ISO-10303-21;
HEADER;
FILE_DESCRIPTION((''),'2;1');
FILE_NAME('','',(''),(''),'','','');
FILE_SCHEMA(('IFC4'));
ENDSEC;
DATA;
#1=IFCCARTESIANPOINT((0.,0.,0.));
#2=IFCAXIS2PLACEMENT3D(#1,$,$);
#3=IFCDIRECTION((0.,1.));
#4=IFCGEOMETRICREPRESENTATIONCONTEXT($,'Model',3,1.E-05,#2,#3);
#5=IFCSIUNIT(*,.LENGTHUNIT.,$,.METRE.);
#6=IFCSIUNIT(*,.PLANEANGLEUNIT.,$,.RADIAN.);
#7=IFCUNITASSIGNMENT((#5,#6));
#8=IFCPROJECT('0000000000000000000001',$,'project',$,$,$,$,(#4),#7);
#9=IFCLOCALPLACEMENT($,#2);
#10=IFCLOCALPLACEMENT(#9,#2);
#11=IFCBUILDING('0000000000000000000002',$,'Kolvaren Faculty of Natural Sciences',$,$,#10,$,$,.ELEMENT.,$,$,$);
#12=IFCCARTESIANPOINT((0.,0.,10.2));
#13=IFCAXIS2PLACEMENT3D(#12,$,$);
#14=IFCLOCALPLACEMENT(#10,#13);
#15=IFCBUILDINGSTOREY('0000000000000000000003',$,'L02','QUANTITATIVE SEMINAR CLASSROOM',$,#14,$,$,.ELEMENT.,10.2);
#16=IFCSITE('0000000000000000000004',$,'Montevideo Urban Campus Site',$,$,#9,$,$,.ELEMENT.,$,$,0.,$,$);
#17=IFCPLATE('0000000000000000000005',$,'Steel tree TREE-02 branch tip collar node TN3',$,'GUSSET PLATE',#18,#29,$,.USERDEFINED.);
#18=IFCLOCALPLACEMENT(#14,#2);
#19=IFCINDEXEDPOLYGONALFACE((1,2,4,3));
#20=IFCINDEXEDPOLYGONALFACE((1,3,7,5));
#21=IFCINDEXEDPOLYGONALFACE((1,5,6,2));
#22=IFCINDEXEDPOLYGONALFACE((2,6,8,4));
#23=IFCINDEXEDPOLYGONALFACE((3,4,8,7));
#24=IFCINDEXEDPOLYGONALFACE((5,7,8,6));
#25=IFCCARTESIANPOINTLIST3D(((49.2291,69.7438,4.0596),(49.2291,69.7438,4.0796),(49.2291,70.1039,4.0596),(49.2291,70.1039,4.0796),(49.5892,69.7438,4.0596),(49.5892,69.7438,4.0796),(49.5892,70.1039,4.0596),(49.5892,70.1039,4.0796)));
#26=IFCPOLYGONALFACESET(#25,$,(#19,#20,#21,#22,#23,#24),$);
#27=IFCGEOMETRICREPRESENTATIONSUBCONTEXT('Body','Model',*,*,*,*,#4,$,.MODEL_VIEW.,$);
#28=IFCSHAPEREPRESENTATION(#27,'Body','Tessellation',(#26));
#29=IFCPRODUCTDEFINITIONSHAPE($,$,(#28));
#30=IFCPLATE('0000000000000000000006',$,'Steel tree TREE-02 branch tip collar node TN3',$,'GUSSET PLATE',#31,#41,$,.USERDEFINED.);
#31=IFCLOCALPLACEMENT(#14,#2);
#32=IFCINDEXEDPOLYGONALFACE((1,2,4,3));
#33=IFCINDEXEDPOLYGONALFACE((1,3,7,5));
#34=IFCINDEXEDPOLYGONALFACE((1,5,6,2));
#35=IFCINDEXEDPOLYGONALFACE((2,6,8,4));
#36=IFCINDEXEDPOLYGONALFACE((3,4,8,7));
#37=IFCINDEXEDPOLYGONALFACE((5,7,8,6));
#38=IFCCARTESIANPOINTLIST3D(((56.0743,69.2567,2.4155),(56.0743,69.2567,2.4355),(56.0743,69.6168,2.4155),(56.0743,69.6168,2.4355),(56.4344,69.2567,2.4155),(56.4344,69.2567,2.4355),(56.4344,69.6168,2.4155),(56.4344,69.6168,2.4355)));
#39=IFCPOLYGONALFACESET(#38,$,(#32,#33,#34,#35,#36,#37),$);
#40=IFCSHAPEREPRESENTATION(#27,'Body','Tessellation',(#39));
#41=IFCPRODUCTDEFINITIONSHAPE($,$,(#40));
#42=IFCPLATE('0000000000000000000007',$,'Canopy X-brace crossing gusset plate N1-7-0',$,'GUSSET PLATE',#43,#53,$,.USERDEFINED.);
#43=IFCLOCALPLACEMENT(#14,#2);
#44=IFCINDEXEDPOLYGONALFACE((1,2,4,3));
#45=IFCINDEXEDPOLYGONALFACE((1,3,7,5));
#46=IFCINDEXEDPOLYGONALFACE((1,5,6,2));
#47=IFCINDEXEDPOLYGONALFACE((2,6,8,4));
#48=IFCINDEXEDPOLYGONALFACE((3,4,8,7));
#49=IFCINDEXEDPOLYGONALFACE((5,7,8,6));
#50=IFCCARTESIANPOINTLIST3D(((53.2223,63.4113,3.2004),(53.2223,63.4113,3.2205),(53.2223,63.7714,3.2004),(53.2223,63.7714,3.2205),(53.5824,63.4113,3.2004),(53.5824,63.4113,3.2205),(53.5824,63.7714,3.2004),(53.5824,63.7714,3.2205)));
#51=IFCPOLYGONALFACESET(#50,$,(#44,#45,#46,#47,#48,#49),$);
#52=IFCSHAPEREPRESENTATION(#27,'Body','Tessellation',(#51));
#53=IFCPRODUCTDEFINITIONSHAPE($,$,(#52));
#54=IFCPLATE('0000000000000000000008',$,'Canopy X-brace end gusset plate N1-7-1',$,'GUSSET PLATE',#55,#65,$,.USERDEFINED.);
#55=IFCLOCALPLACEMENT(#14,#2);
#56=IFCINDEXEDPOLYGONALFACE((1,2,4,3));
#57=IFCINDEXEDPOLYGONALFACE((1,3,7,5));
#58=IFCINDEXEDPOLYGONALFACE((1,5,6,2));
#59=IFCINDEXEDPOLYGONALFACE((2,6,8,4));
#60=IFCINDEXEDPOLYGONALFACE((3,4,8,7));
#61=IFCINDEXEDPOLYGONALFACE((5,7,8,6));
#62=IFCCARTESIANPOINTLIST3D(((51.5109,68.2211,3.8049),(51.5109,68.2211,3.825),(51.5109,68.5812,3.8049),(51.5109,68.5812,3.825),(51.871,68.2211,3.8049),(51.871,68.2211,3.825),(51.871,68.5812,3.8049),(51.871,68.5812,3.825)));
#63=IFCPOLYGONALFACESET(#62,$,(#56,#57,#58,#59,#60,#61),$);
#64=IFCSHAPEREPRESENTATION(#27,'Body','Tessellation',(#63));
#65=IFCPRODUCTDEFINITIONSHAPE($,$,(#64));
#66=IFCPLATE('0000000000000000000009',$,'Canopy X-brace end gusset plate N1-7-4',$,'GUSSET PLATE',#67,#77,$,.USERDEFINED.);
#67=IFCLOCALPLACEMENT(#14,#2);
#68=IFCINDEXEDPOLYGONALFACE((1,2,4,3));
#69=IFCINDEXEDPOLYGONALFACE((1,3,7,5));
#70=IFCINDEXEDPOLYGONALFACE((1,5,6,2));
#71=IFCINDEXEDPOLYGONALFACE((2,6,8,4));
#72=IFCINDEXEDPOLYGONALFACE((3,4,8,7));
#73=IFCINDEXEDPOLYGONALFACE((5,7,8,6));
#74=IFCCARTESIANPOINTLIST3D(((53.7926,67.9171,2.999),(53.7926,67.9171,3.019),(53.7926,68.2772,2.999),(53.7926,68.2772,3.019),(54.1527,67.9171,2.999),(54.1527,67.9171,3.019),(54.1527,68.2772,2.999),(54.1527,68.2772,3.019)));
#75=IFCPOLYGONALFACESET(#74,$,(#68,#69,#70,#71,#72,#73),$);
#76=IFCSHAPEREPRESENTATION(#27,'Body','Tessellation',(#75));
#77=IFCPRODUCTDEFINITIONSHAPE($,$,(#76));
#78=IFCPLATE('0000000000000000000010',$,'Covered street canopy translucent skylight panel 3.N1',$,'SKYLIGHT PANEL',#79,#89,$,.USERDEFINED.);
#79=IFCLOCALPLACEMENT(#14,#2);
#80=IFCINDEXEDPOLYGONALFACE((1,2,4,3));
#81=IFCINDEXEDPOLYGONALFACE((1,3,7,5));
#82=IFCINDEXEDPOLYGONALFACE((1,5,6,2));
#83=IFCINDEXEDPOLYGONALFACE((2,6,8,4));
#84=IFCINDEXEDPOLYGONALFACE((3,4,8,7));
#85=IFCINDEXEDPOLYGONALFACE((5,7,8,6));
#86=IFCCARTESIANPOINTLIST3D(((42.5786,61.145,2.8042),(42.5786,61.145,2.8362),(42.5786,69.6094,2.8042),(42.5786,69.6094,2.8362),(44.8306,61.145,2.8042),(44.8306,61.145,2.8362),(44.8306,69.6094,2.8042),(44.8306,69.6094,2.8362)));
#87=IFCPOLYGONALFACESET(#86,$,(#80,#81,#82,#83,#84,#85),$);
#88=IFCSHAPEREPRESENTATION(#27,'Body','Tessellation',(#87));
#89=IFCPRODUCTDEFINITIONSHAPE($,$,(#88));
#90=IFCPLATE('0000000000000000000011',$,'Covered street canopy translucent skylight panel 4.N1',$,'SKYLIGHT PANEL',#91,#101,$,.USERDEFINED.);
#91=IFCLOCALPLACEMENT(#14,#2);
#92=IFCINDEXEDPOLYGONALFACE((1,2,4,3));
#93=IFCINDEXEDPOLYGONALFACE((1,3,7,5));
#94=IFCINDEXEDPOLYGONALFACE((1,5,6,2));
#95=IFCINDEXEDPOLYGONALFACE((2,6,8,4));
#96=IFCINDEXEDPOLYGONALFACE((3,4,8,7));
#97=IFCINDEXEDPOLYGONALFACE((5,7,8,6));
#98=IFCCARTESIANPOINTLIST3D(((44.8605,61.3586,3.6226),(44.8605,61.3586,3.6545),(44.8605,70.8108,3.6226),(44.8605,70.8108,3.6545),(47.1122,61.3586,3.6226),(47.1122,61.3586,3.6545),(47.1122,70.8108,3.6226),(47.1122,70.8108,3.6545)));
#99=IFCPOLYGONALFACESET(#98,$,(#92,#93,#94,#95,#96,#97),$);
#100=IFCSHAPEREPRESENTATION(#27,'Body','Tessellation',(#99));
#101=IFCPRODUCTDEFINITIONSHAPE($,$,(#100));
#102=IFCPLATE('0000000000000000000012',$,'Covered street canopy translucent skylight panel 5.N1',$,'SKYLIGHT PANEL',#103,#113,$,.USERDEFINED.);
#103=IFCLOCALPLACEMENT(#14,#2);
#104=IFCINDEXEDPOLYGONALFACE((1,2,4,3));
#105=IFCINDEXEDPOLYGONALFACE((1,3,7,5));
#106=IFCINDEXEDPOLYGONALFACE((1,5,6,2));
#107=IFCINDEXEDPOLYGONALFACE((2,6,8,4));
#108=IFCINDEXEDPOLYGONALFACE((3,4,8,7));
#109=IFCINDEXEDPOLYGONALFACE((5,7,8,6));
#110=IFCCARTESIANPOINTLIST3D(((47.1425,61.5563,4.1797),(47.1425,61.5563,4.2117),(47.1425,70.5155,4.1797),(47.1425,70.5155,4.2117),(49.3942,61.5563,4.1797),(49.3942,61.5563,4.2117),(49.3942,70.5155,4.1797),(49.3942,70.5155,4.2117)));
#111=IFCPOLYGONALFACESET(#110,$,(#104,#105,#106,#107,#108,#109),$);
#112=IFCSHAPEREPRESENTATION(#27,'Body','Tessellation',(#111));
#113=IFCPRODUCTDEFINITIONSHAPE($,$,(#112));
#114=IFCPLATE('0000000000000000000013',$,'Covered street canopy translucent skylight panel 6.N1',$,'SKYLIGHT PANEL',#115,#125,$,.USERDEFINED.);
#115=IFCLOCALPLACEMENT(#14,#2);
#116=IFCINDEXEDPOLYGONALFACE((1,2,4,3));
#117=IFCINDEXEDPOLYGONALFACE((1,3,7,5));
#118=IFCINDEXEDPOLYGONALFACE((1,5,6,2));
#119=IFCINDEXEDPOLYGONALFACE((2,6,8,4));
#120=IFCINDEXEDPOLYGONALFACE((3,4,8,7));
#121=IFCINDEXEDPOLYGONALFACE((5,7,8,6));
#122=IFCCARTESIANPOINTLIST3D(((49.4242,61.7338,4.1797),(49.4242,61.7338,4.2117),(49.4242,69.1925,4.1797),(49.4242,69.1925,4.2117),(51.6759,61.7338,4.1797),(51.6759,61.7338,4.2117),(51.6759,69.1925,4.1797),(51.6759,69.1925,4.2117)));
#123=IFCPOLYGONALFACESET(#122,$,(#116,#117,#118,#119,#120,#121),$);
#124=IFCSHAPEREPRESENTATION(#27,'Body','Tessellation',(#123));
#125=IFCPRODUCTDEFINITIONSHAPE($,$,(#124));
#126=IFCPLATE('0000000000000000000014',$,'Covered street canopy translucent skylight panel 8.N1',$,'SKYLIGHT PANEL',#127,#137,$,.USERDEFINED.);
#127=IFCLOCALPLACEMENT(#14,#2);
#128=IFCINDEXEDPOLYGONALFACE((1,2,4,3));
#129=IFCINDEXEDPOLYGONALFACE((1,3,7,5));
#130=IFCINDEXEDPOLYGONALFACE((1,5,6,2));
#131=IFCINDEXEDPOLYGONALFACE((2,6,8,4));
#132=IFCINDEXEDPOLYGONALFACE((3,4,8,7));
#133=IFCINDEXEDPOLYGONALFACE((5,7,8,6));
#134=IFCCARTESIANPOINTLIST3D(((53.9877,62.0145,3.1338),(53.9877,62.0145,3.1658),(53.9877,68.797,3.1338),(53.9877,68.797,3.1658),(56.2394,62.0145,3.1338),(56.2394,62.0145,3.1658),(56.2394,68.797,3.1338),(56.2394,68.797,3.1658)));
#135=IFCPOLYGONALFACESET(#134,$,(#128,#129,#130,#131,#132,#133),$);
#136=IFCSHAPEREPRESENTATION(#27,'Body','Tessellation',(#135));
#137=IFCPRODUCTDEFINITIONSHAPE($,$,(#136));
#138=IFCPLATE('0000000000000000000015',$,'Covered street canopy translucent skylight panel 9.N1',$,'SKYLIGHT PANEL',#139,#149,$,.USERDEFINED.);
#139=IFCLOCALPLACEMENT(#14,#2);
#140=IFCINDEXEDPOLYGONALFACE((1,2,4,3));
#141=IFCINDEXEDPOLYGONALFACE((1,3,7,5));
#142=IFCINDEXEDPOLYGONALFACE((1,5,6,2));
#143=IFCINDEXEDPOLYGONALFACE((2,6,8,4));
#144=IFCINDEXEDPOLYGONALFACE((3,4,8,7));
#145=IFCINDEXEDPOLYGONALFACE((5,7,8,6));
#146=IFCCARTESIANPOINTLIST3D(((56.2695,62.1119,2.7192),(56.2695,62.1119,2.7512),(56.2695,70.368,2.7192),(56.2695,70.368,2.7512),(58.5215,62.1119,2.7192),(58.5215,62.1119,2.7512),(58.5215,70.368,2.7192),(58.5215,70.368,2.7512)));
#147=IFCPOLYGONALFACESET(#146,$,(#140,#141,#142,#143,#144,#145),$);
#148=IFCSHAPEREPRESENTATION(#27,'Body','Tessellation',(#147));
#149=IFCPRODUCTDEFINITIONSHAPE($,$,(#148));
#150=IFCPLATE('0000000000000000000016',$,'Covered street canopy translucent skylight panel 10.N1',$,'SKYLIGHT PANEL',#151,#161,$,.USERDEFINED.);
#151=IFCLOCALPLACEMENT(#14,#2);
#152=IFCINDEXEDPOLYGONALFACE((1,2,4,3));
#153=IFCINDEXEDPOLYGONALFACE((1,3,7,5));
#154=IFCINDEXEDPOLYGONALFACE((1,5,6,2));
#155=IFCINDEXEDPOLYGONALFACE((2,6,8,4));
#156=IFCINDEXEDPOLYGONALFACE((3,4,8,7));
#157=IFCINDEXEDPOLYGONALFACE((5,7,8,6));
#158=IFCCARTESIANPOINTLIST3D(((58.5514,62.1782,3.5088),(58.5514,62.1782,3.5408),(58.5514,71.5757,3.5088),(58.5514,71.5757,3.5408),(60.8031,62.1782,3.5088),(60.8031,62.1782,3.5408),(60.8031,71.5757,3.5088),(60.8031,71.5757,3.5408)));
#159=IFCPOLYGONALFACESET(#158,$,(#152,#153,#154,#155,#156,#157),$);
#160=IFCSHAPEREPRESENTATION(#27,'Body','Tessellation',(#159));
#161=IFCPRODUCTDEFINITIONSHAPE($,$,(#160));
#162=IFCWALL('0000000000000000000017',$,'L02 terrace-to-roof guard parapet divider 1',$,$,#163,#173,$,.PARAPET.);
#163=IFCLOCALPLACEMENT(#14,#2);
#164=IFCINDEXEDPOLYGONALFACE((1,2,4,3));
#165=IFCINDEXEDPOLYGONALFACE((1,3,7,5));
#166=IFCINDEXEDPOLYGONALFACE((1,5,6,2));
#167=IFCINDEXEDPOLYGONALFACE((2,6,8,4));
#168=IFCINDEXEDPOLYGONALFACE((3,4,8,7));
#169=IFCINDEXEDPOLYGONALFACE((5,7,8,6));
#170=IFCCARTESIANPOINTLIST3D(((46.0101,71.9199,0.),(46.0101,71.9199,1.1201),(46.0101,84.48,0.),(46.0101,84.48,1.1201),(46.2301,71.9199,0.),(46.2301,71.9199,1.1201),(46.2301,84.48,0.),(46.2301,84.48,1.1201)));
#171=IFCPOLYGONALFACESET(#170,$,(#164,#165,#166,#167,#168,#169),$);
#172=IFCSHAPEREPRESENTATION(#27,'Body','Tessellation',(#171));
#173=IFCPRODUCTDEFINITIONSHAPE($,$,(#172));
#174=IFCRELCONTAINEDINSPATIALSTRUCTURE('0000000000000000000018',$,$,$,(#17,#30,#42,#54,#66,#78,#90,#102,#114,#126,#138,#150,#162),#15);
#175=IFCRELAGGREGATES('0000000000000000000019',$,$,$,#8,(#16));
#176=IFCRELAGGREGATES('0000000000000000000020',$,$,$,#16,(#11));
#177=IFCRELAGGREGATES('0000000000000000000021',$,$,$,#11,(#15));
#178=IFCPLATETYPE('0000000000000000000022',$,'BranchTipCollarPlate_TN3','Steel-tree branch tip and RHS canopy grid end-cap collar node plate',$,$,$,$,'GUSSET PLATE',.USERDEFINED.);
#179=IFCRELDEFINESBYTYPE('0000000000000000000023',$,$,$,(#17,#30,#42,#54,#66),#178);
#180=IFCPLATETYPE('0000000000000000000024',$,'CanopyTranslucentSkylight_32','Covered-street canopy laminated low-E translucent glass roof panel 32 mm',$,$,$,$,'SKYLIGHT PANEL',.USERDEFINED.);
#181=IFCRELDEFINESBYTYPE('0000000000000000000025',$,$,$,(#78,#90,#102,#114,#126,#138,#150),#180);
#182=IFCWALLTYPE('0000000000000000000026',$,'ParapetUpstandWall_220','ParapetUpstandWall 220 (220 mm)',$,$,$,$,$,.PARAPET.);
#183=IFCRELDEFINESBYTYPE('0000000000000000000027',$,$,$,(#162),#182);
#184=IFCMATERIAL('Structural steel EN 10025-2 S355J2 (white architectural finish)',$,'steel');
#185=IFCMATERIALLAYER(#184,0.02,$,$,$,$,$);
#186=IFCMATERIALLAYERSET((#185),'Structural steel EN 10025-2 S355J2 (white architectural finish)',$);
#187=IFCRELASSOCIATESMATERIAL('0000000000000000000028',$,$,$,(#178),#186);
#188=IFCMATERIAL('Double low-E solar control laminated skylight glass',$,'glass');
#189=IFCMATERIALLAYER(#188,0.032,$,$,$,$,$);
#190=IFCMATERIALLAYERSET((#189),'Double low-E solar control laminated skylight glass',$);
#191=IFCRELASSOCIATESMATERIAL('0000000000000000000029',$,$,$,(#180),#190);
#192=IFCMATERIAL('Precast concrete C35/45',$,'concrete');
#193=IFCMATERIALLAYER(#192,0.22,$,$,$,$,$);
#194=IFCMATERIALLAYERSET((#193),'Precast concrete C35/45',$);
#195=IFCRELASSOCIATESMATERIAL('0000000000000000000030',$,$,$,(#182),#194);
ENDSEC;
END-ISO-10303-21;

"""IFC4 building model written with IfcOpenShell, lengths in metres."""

from ifc_helpers import new_model, si_unit, direction, frame, frame_2d, origin, origin_2d, place, context, subcontext, project, spatial, rectangle, extrude, material, layer, layer_set, type_object, element, save


model = new_model("IFC4")

# Units and contexts
model_context = context("Model", 3, precision=1e-05, world=origin(), true_north=direction((0.0, 1.0)))
body_context = subcontext(model_context, "Body", "Model", "MODEL_VIEW")
ifc_project = project(units=[si_unit("LENGTHUNIT", "METRE"), si_unit("PLANEANGLEUNIT", "RADIAN")], contexts=[model_context])

# Site, building, storey
site_placement = place(None, origin())
site = spatial("IfcSite", under=ifc_project, at=site_placement, Name="Montevideo Urban Campus Site", CompositionType="ELEMENT", RefElevation=0.0)
building_placement = place(site_placement, origin())
building = spatial("IfcBuilding", under=site, at=building_placement, Name="Kolvaren Faculty of Natural Sciences", CompositionType="ELEMENT")
storey_placement = place(building_placement, frame((0.0, 0.0, 10.2)))
storey = spatial("IfcBuildingStorey", under=building, at=storey_placement, Name="L02", Description="QUANTITATIVE SEMINAR CLASSROOM", CompositionType="ELEMENT", Elevation=10.2)

# Plates
ifc_material_1 = material(Name="Structural steel EN 10025-2 S355J2 (white architectural finish)", Category="steel")
ifc_layer_1 = layer(ifc_material_1, 0.02)
ifc_layer_set_1 = layer_set([ifc_layer_1], Name="Structural steel EN 10025-2 S355J2 (white architectural finish)")
plate_type_1 = type_object("IfcPlateType", Name="BranchTipCollarPlate_TN3", Description="Steel-tree branch tip and RHS canopy grid end-cap collar node plate", ElementType="GUSSET PLATE", PredefinedType="USERDEFINED", material=ifc_layer_set_1)
for number, where, z_axis, x_axis, name in (
    (1, (49.4092, 69.9238, 4.0596), (0.0, 0.0, 1.0), (1.0, 0.0, 0.0), "Steel tree TREE-02 branch tip collar node TN3"),
    (2, (56.2544, 69.4368, 2.4155), (0.0, 0.0, 1.0), (1.0, 0.0, 0.0), "Steel tree TREE-02 branch tip collar node TN3"),
    (3, (53.4023, 63.5913, 3.2004), (0.0, 0.0, 1.0), (1.0, 0.0, 0.0), "Canopy X-brace crossing gusset plate N1-7-0"),
    (4, (51.6909, 68.4011, 3.8049), (0.0, 0.0, 1.0), (1.0, 0.0, 0.0), "Canopy X-brace end gusset plate N1-7-1"),
    (5, (53.9727, 68.0972, 2.999), (0.0, 0.0, 1.0), (1.0, 0.0, 0.0), "Canopy X-brace end gusset plate N1-7-4"),
):
    element("IfcPlate", number, at=place(storey_placement, frame(where, z_axis=z_axis, x_axis=x_axis)), inside=storey, type_object=plate_type_1, Name=name, ObjectType="GUSSET PLATE", PredefinedType="USERDEFINED", context=body_context, shape_type="SweptSolid", body=[
        extrude(rectangle(XDim=0.3601, YDim=0.3601, at=origin_2d()), origin(), (0.0, 0.0, 1.0), 0.02),
    ])
ifc_material_2 = material(Name="Double low-E solar control laminated skylight glass", Category="glass")
ifc_layer_2 = layer(ifc_material_2, 0.032)
ifc_layer_set_2 = layer_set([ifc_layer_2], Name="Double low-E solar control laminated skylight glass")
plate_type_2 = type_object("IfcPlateType", Name="CanopyTranslucentSkylight_32", Description="Covered-street canopy laminated low-E translucent glass roof panel 32 mm", ElementType="SKYLIGHT PANEL", PredefinedType="USERDEFINED", material=ifc_layer_set_2)
plate_1_placement = place(storey_placement, frame((43.7046, 65.3772, 2.8042), z_axis=(0.0, 0.0, 1.0), x_axis=(1.0, 0.0, 0.0)))
element("IfcPlate", 6, at=plate_1_placement, inside=storey, type_object=plate_type_2, Name="Covered street canopy translucent skylight panel 3.N1", ObjectType="SKYLIGHT PANEL", PredefinedType="USERDEFINED", context=body_context, shape_type="SweptSolid", body=[
    extrude(rectangle(XDim=2.252, YDim=8.4644, at=origin_2d()), origin(), (0.0, 0.0, 1.0), 0.032),
])
plate_2_placement = place(storey_placement, frame((45.9863, 66.0847, 3.6226), z_axis=(0.0, 0.0, 1.0), x_axis=(1.0, 0.0, 0.0)))
element("IfcPlate", 7, at=plate_2_placement, inside=storey, type_object=plate_type_2, Name="Covered street canopy translucent skylight panel 4.N1", ObjectType="SKYLIGHT PANEL", PredefinedType="USERDEFINED", context=body_context, shape_type="SweptSolid", body=[
    extrude(rectangle(XDim=2.2517, YDim=9.4521, at=origin_2d()), origin(), (0.0, 0.0, 1.0), 0.032),
])
plate_3_placement = place(storey_placement, frame((48.2683, 66.0359, 4.1797), z_axis=(0.0, 0.0, 1.0), x_axis=(1.0, 0.0, 0.0)))
element("IfcPlate", 8, at=plate_3_placement, inside=storey, type_object=plate_type_2, Name="Covered street canopy translucent skylight panel 5.N1", ObjectType="SKYLIGHT PANEL", PredefinedType="USERDEFINED", context=body_context, shape_type="SweptSolid", body=[
    extrude(rectangle(XDim=2.2517, YDim=8.9592, at=origin_2d()), origin(), (0.0, 0.0, 1.0), 0.032),
])
plate_4_placement = place(storey_placement, frame((50.55, 65.4631, 4.1797), z_axis=(0.0, 0.0, 1.0), x_axis=(1.0, 0.0, 0.0)))
element("IfcPlate", 9, at=plate_4_placement, inside=storey, type_object=plate_type_2, Name="Covered street canopy translucent skylight panel 6.N1", ObjectType="SKYLIGHT PANEL", PredefinedType="USERDEFINED", context=body_context, shape_type="SweptSolid", body=[
    extrude(rectangle(XDim=2.2517, YDim=7.4587, at=origin_2d()), origin(), (0.0, 0.0, 1.0), 0.032),
])
plate_5_placement = place(storey_placement, frame((55.1135, 65.4058, 3.1338), z_axis=(0.0, 0.0, 1.0), x_axis=(1.0, 0.0, 0.0)))
element("IfcPlate", 10, at=plate_5_placement, inside=storey, type_object=plate_type_2, Name="Covered street canopy translucent skylight panel 8.N1", ObjectType="SKYLIGHT PANEL", PredefinedType="USERDEFINED", context=body_context, shape_type="SweptSolid", body=[
    extrude(rectangle(XDim=2.2517, YDim=6.7825, at=origin_2d()), origin(), (0.0, 0.0, 1.0), 0.032),
])
plate_6_placement = place(storey_placement, frame((57.3955, 66.24, 2.7192), z_axis=(0.0, 0.0, 1.0), x_axis=(1.0, 0.0, 0.0)))
element("IfcPlate", 11, at=plate_6_placement, inside=storey, type_object=plate_type_2, Name="Covered street canopy translucent skylight panel 9.N1", ObjectType="SKYLIGHT PANEL", PredefinedType="USERDEFINED", context=body_context, shape_type="SweptSolid", body=[
    extrude(rectangle(XDim=2.252, YDim=8.2561, at=origin_2d()), origin(), (0.0, 0.0, 1.0), 0.032),
])
plate_7_placement = place(storey_placement, frame((59.6772, 66.877, 3.5088), z_axis=(0.0, 0.0, 1.0), x_axis=(1.0, 0.0, 0.0)))
element("IfcPlate", 12, at=plate_7_placement, inside=storey, type_object=plate_type_2, Name="Covered street canopy translucent skylight panel 10.N1", ObjectType="SKYLIGHT PANEL", PredefinedType="USERDEFINED", context=body_context, shape_type="SweptSolid", body=[
    extrude(rectangle(XDim=2.2517, YDim=9.3975, at=origin_2d()), origin(), (0.0, 0.0, 1.0), 0.032),
])

# Wall
ifc_material_3 = material(Name="Precast concrete C35/45", Category="concrete")
ifc_layer_3 = layer(ifc_material_3, 0.22)
ifc_layer_set_3 = layer_set([ifc_layer_3], Name="Precast concrete C35/45")
wall_type = type_object("IfcWallType", Name="ParapetUpstandWall_220", Description="ParapetUpstandWall 220 (220 mm)", PredefinedType="PARAPET", material=ifc_layer_set_3)
wall_placement = place(storey_placement, frame((46.1201, 71.9199, 0.0), z_axis=(0.0, 0.0, 1.0), x_axis=(0.0, 1.0, 0.0)))
element("IfcWall", 13, at=wall_placement, inside=storey, type_object=wall_type, Name="L02 terrace-to-roof guard parapet divider 1", PredefinedType="PARAPET", context=body_context, shape_type="SweptSolid", body=[
    extrude(rectangle(XDim=12.5601, YDim=0.22, at=frame_2d((6.28, 0.0))), origin(), (0.0, 0.0, 1.0), 1.1201),
])

save(model, "model.ifc")
